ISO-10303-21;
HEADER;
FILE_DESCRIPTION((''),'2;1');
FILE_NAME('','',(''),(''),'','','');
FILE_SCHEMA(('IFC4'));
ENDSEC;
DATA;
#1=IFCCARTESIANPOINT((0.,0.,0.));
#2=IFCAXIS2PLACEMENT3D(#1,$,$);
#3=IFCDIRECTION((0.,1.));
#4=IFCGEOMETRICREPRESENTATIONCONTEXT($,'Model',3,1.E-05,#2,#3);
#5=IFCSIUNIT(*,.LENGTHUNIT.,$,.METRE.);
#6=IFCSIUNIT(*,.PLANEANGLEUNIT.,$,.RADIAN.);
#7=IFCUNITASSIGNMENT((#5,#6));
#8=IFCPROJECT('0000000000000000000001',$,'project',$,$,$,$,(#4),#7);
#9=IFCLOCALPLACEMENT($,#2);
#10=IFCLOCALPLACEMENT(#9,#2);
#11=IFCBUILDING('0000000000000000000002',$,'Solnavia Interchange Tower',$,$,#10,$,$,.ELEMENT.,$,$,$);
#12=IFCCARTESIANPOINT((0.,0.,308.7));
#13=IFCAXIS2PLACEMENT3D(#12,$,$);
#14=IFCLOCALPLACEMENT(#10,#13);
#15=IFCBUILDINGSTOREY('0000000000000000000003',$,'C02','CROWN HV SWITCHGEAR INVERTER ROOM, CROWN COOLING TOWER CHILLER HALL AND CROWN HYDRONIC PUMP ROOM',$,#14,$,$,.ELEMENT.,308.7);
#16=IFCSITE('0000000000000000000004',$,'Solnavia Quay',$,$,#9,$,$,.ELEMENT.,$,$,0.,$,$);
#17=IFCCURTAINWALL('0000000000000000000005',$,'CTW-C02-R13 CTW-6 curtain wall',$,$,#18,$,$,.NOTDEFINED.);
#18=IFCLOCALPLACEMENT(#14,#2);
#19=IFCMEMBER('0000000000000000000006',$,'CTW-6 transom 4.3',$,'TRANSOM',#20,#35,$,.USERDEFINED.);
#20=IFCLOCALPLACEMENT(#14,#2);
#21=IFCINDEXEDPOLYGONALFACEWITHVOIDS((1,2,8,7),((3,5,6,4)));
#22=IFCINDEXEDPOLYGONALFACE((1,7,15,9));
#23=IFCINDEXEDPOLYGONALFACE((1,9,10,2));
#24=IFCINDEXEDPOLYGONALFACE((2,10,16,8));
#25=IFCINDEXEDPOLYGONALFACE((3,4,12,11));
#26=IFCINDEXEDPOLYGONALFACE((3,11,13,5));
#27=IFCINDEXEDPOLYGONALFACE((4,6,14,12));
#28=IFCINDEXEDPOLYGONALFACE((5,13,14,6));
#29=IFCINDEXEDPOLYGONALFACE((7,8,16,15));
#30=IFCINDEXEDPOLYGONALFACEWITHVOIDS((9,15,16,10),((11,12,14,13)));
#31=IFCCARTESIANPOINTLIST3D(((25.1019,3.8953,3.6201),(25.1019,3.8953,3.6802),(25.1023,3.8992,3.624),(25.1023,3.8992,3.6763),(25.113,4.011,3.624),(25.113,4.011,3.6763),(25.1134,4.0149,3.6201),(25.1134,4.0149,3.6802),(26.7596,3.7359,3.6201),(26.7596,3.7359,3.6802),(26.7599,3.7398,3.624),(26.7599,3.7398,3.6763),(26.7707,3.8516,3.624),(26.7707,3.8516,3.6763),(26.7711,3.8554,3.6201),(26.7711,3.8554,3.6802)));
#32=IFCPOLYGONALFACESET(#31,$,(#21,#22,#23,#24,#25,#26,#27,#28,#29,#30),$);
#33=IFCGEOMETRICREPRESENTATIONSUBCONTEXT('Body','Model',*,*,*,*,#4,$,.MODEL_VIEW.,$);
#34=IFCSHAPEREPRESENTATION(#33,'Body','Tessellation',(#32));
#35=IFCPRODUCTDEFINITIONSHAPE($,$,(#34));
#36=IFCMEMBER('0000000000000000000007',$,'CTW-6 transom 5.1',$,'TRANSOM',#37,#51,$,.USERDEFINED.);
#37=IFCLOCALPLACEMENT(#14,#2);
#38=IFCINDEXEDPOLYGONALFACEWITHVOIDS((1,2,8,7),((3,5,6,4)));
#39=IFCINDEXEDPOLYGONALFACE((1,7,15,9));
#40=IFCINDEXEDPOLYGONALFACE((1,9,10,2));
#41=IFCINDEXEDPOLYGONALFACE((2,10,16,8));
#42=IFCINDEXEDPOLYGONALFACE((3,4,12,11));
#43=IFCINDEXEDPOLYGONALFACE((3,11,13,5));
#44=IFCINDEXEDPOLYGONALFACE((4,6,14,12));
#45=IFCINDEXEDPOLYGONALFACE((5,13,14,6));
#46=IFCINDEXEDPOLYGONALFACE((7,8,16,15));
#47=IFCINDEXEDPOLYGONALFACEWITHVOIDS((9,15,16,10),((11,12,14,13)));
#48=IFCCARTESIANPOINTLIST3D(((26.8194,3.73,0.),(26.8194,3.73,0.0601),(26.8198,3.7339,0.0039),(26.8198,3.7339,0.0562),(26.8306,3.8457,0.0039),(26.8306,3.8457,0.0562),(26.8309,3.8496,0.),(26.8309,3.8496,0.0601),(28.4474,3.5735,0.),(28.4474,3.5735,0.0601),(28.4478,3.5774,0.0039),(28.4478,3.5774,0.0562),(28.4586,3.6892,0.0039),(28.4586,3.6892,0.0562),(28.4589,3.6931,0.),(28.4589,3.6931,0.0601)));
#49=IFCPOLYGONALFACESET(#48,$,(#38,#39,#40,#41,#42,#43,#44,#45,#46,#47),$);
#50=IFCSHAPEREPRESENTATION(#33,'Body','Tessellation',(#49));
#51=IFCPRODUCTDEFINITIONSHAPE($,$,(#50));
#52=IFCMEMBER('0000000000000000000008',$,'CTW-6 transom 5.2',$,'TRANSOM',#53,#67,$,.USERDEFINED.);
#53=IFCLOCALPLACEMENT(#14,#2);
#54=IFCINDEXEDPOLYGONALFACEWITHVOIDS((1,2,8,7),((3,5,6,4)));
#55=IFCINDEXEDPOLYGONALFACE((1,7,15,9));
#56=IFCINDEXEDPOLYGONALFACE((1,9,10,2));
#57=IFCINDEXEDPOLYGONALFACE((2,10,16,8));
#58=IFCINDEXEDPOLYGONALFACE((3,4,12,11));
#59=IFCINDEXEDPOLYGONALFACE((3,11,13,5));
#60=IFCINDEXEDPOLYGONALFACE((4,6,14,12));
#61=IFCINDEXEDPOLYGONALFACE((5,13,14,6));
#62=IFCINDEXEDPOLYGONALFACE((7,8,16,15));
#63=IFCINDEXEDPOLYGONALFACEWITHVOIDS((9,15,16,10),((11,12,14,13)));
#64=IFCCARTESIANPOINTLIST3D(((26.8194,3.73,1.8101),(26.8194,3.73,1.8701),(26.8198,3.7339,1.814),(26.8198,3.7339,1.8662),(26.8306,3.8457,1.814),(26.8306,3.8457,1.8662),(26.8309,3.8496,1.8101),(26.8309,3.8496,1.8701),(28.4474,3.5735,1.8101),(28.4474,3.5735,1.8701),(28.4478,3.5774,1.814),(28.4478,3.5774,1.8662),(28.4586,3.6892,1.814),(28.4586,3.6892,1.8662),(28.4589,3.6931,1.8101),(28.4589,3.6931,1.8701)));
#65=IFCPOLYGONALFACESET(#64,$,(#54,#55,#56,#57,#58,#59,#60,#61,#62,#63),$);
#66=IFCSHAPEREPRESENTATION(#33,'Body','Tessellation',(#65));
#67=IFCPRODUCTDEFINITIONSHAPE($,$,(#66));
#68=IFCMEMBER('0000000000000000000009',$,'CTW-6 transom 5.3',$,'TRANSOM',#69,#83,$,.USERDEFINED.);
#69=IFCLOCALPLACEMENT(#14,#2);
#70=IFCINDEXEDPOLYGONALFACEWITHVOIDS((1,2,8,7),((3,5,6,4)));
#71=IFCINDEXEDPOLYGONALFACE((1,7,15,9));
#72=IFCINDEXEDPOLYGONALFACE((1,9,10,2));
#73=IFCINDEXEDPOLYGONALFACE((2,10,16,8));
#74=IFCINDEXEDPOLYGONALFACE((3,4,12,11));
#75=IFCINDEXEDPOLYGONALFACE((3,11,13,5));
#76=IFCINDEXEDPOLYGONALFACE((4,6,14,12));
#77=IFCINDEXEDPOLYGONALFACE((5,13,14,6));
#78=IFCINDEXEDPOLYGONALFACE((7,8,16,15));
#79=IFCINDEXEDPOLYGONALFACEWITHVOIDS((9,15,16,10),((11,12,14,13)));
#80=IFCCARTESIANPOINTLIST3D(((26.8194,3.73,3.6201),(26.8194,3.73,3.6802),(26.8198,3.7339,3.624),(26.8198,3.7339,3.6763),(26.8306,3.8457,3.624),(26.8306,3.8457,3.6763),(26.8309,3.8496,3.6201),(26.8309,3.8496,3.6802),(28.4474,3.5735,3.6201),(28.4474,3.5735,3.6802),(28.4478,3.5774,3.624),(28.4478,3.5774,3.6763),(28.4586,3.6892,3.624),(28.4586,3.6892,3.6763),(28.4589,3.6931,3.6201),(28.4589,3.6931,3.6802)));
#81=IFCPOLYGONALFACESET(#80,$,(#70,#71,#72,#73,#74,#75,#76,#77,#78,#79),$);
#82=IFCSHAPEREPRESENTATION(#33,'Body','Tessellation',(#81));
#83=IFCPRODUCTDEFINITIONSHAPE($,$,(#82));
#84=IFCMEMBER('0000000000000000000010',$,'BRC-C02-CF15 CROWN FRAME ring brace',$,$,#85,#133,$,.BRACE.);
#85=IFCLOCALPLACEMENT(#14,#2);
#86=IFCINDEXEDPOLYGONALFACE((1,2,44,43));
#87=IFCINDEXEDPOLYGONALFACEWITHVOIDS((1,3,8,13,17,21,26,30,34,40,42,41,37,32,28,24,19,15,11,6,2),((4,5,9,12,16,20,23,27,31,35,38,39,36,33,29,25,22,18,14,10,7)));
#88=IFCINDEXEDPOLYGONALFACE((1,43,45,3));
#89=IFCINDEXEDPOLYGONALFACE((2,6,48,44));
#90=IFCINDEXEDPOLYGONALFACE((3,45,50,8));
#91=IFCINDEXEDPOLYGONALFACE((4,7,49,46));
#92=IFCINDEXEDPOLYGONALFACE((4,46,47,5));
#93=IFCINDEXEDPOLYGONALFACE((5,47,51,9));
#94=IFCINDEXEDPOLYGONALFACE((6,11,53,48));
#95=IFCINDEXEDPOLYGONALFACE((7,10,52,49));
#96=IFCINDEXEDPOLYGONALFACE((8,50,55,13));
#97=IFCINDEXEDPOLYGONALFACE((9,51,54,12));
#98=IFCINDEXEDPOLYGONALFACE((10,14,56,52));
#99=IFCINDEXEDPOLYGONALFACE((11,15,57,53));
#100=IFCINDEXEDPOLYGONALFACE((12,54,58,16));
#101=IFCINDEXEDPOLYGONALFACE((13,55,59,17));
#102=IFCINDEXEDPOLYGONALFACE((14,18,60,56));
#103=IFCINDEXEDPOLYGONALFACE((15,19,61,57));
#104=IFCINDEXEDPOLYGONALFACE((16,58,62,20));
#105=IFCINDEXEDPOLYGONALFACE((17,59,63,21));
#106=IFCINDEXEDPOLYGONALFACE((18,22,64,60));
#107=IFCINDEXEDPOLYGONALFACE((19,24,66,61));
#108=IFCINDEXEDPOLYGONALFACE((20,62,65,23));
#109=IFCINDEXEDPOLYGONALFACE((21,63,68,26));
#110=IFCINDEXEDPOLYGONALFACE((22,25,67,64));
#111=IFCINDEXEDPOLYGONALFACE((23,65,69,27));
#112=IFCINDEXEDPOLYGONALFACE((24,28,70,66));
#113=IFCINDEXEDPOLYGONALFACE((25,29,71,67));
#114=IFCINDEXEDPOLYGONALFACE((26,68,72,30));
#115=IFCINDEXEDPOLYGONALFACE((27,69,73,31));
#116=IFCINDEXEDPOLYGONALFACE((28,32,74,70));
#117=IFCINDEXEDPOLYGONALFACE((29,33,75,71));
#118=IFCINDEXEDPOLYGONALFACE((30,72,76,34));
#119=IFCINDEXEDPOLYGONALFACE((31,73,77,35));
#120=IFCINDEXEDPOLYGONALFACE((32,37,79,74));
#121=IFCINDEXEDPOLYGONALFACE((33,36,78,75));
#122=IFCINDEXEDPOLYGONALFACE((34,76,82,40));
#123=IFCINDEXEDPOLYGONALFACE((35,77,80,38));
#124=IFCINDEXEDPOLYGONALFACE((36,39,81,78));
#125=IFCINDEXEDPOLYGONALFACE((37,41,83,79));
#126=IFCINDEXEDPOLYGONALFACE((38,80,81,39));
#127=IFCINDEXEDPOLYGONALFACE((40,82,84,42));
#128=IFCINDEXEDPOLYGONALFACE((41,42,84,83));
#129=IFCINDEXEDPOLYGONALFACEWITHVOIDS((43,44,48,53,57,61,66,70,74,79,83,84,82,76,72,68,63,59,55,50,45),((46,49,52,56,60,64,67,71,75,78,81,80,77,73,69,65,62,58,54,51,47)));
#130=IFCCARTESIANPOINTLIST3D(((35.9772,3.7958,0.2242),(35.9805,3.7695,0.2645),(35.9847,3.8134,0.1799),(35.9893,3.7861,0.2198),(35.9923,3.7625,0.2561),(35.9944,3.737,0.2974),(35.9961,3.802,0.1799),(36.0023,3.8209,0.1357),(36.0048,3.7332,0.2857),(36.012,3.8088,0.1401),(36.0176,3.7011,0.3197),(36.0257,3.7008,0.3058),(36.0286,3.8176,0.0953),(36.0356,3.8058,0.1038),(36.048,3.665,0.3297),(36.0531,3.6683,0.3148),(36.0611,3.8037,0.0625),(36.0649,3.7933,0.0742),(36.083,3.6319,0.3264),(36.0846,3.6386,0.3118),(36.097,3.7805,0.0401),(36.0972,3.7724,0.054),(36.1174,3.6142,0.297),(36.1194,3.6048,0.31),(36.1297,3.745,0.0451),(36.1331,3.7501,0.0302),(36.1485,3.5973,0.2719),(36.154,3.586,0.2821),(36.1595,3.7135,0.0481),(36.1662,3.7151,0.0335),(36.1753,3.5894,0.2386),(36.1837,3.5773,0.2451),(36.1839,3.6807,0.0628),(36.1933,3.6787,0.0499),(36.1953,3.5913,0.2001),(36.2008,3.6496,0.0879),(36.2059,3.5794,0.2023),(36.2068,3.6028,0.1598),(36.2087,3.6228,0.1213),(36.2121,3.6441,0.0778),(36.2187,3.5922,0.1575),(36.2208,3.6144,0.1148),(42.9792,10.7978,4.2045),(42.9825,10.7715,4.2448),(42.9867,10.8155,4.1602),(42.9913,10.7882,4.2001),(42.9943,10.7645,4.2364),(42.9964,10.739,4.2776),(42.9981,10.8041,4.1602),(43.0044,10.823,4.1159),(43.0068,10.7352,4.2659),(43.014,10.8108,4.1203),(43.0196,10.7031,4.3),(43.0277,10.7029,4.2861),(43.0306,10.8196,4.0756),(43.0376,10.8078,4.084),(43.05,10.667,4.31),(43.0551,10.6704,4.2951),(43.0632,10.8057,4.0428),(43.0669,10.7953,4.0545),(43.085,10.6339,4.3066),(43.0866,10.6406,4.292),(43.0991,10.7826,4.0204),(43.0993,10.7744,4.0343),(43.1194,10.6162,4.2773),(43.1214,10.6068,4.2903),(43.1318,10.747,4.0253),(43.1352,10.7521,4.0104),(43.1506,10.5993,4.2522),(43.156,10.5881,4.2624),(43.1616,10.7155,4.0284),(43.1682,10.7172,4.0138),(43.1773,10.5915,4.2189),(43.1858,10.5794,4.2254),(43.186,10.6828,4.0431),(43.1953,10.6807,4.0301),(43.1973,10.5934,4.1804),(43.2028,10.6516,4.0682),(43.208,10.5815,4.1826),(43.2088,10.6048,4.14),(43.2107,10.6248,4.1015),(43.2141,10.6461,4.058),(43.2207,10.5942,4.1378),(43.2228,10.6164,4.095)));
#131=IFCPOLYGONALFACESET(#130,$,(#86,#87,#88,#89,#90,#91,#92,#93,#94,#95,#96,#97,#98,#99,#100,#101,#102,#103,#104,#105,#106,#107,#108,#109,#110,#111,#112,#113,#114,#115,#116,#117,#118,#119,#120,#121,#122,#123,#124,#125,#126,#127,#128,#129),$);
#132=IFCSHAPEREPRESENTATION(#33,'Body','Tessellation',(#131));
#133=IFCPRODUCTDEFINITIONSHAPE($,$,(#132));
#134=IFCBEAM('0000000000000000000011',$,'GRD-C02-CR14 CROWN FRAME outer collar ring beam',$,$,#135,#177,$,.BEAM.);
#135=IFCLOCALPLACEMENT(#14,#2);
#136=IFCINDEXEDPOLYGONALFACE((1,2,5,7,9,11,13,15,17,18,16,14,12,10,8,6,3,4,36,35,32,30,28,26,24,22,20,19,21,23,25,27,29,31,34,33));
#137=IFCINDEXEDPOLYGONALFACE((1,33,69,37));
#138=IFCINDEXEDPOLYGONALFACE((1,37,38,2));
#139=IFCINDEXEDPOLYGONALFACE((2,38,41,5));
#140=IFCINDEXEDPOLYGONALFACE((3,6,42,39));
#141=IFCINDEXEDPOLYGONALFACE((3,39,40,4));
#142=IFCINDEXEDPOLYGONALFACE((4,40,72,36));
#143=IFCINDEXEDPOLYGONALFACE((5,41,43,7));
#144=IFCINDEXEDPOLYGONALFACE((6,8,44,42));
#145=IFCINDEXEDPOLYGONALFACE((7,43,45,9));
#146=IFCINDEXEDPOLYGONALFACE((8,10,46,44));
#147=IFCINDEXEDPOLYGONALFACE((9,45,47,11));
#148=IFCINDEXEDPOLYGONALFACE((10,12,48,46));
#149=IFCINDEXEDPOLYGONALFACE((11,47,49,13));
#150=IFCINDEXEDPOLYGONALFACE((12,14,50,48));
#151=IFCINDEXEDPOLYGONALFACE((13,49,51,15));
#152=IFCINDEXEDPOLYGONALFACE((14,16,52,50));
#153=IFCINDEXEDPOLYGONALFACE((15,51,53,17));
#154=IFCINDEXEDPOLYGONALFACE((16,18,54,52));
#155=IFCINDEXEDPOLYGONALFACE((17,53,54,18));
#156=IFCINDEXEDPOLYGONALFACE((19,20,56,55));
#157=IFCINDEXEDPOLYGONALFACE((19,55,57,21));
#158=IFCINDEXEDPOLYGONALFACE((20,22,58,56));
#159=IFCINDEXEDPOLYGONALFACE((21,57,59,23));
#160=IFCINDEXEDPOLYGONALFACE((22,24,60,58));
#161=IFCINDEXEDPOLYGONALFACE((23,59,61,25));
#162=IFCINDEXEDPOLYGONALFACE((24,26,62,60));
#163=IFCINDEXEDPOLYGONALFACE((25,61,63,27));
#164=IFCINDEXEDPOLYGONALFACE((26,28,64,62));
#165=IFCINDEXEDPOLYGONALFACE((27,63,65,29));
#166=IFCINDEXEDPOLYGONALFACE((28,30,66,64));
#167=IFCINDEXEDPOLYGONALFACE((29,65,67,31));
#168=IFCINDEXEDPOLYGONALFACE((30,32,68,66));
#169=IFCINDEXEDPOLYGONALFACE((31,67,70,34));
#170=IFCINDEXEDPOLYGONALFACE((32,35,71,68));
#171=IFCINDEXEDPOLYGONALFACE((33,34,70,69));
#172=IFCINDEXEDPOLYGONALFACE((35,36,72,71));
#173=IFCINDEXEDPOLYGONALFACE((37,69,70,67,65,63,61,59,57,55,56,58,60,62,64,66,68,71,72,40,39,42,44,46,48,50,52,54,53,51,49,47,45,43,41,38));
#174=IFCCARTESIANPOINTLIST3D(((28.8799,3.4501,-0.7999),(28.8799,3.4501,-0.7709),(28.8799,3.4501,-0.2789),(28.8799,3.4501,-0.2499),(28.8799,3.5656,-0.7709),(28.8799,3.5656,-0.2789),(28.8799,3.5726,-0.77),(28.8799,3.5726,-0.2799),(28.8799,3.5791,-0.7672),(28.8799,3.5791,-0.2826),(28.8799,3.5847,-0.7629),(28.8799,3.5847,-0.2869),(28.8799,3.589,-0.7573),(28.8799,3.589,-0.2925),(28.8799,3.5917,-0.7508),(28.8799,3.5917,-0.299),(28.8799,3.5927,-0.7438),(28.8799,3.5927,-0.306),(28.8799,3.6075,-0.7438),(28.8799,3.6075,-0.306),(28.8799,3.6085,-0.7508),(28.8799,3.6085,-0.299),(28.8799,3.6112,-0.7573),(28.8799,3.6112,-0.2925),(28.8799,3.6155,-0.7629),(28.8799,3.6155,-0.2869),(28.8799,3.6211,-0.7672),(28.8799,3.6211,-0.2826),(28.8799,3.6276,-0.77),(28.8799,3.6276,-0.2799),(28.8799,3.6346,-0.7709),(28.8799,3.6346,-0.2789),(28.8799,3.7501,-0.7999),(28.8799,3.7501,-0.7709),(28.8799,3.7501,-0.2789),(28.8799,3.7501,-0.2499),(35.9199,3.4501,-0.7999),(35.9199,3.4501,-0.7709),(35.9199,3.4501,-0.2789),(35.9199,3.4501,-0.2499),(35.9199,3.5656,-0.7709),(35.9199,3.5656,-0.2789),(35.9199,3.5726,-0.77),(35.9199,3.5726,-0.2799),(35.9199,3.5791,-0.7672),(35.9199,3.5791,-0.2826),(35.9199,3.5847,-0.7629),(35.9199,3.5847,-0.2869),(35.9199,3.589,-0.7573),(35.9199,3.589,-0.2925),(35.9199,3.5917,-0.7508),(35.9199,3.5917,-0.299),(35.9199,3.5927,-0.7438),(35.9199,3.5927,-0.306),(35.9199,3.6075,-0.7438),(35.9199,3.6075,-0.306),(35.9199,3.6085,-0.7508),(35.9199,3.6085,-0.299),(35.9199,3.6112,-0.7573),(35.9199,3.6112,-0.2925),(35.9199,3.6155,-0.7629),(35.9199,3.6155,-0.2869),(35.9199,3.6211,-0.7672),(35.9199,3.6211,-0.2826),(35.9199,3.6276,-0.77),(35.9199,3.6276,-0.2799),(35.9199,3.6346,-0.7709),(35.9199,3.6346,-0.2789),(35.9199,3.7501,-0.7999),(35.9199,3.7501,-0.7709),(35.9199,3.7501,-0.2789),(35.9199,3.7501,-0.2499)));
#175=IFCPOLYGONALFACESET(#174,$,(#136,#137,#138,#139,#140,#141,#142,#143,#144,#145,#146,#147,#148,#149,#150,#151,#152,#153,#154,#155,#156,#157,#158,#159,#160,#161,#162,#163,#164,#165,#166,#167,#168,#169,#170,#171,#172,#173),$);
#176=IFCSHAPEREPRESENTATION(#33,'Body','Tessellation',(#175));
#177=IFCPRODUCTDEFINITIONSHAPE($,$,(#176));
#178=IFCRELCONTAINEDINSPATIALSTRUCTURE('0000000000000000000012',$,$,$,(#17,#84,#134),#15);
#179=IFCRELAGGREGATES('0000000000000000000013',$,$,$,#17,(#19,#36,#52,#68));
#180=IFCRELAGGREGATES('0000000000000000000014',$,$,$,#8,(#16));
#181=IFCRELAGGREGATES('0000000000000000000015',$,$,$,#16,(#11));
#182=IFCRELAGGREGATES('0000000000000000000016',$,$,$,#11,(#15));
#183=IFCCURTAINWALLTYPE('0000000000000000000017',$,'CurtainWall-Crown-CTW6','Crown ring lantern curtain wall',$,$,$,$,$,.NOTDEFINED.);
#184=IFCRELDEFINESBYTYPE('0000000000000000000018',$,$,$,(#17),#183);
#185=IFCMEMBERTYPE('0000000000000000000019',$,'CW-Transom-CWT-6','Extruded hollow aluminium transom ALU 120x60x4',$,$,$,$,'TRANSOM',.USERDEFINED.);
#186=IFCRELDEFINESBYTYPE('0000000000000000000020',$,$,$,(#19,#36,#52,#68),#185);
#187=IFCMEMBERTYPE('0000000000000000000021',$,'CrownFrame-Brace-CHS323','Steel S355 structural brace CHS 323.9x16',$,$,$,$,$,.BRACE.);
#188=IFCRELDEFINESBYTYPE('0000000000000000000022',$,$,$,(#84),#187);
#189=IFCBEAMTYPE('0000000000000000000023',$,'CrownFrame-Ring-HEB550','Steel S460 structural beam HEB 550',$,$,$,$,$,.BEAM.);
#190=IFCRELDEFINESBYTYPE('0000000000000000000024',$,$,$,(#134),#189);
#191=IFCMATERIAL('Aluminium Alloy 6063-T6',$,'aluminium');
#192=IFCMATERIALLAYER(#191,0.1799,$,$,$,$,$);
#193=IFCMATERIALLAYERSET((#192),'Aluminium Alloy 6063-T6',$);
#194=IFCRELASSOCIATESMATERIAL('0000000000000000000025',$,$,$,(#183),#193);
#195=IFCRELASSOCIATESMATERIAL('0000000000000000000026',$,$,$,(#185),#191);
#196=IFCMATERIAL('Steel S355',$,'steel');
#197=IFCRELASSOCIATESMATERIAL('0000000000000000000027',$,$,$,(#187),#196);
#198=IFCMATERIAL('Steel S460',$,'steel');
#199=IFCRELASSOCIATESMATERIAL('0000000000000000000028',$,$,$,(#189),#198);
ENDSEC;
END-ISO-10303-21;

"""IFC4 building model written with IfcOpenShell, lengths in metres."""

from ifc_helpers import new_model, si_unit, direction, frame, origin, origin_2d, place, context, subcontext, project, spatial, hollow_rectangle, hollow_circle, i_section, extrude, material, layer, layer_set, material_profile, profile_set, type_object, element, aggregate, save


model = new_model("IFC4")

# Units and contexts
model_context = context("Model", 3, precision=1e-05, world=origin(), true_north=direction((0.0, 1.0)))
body_context = subcontext(model_context, "Body", "Model", "MODEL_VIEW")
ifc_project = project(units=[si_unit("LENGTHUNIT", "METRE"), si_unit("PLANEANGLEUNIT", "RADIAN")], contexts=[model_context])

# Site, building, storey
site_placement = place(None, origin())
site = spatial("IfcSite", under=ifc_project, at=site_placement, Name="Solnavia Quay", CompositionType="ELEMENT", RefElevation=0.0)
building_placement = place(site_placement, origin())
building = spatial("IfcBuilding", under=site, at=building_placement, Name="Solnavia Interchange Tower", CompositionType="ELEMENT")
storey_placement = place(building_placement, frame((0.0, 0.0, 308.7)))
storey = spatial("IfcBuildingStorey", under=building, at=storey_placement, Name="C02", Description="CROWN HV SWITCHGEAR INVERTER ROOM, CROWN COOLING TOWER CHILLER HALL AND CROWN HYDRONIC PUMP ROOM", CompositionType="ELEMENT", Elevation=308.7)

# Shared definitions
ifc_material_1 = material(Name="Steel S460", Category="steel")

# Curtain wall, members
ifc_material_2 = material(Name="Aluminium Alloy 6063-T6", Category="aluminium")
ifc_layer_1 = layer(ifc_material_2, 0.1799)
ifc_layer_set_1 = layer_set([ifc_layer_1], Name="Aluminium Alloy 6063-T6")
curtain_wall_type = type_object("IfcCurtainWallType", Name="CurtainWall-Crown-CTW6", Description="Crown ring lantern curtain wall", PredefinedType="NOTDEFINED", material=ifc_layer_set_1)
curtain_wall_placement = place(storey_placement, origin())
curtain_wall = element("IfcCurtainWall", 1, at=curtain_wall_placement, inside=storey, type_object=curtain_wall_type, Name="CTW-C02-R13 CTW-6 curtain wall", PredefinedType="NOTDEFINED")
ifc_material_profile_1 = material_profile(ifc_material_2, hollow_rectangle(XDim=0.0601, YDim=0.1201, WallThickness=0.0039, at=origin_2d()), Name="ALU 120x60x4")
ifc_profile_set_1 = profile_set([ifc_material_profile_1], Name="Aluminium Alloy 6063-T6")
member_type_1 = type_object("IfcMemberType", Name="CW-Transom-CWT-6", Description="Extruded hollow aluminium transom ALU 120x60x4", ElementType="TRANSOM", PredefinedType="USERDEFINED", material=ifc_profile_set_1)
member_1_placement = place(storey_placement, frame((25.1077, 3.9551, 3.6501), z_axis=(0.995407, -0.095729, 0.0), x_axis=(0.0, 0.0, 1.0)))
member_1 = element("IfcMember", 2, at=member_1_placement, type_object=member_type_1, Name="CTW-6 transom 4.3", ObjectType="TRANSOM", PredefinedType="USERDEFINED", context=body_context, shape_type="SweptSolid", body=[
    extrude(hollow_rectangle(XDim=0.0601, YDim=0.1201, WallThickness=0.0039, at=origin_2d()), origin(), (0.0, 0.0, 1.0), 1.6653),
])
member_2_placement = place(storey_placement, frame((26.8252, 3.7898, 0.03), z_axis=(0.995411, -0.09569, 0.0), x_axis=(0.0, 0.0, 1.0)))
member_2 = element("IfcMember", 3, at=member_2_placement, type_object=member_type_1, Name="CTW-6 transom 5.1", ObjectType="TRANSOM", PredefinedType="USERDEFINED", context=body_context, shape_type="SweptSolid", body=[
    extrude(hollow_rectangle(XDim=0.0601, YDim=0.1201, WallThickness=0.0039, at=origin_2d()), origin(), (0.0, 0.0, 1.0), 1.6355),
])
member_3_placement = place(storey_placement, frame((26.8252, 3.7898, 1.8401), z_axis=(0.995411, -0.09569, 0.0), x_axis=(0.0, 0.0, 1.0)))
member_3 = element("IfcMember", 4, at=member_3_placement, type_object=member_type_1, Name="CTW-6 transom 5.2", ObjectType="TRANSOM", PredefinedType="USERDEFINED", context=body_context, shape_type="SweptSolid", body=[
    extrude(hollow_rectangle(XDim=0.0601, YDim=0.1201, WallThickness=0.0039, at=origin_2d()), origin(), (0.0, 0.0, 1.0), 1.6355),
])
member_4_placement = place(storey_placement, frame((26.8252, 3.7898, 3.6501), z_axis=(0.995411, -0.09569, 0.0), x_axis=(0.0, 0.0, 1.0)))
member_4 = element("IfcMember", 5, at=member_4_placement, type_object=member_type_1, Name="CTW-6 transom 5.3", ObjectType="TRANSOM", PredefinedType="USERDEFINED", context=body_context, shape_type="SweptSolid", body=[
    extrude(hollow_rectangle(XDim=0.0601, YDim=0.1201, WallThickness=0.0039, at=origin_2d()), origin(), (0.0, 0.0, 1.0), 1.6355),
])

# Member
ifc_material_3 = material(Name="Steel S355", Category="steel")
ifc_material_profile_2 = material_profile(ifc_material_3, hollow_circle(Radius=0.1619, WallThickness=0.0161, at=origin_2d()), Name="CHS 323.9x16")
ifc_profile_set_2 = profile_set([ifc_material_profile_2], Name="Steel S355")
member_type_2 = type_object("IfcMemberType", Name="CrownFrame-Brace-CHS323", Description="Steel S355 structural brace CHS 323.9x16", PredefinedType="BRACE", material=ifc_profile_set_2)
member_5_placement = place(storey_placement, frame((36.0991, 3.699, 0.1799), z_axis=(0.65609, 0.65609, 0.372951), x_axis=(-0.707107, 0.707107, 0.0)))
element("IfcMember", 6, at=member_5_placement, inside=storey, type_object=member_type_2, Name="BRC-C02-CF15 CROWN FRAME ring brace", PredefinedType="BRACE", context=body_context, shape_type="SweptSolid", body=[
    extrude(hollow_circle(Radius=0.1619, WallThickness=0.0161, at=origin_2d()), origin(), (0.0, 0.0, 1.0), 10.6724),
])

# Beam
ifc_material_profile_3 = material_profile(ifc_material_1, i_section(OverallWidth=0.3, OverallDepth=0.55, WebThickness=0.0149, FlangeThickness=0.0291, FilletRadius=0.0271, at=origin_2d()), Name="HEB 550")
ifc_profile_set_3 = profile_set([ifc_material_profile_3], Name="Steel S460")
beam_type = type_object("IfcBeamType", Name="CrownFrame-Ring-HEB550", Description="Steel S460 structural beam HEB 550", PredefinedType="BEAM", material=ifc_profile_set_3)
beam_1_placement = place(storey_placement, frame((28.8799, 3.6001, -0.5249), z_axis=(1.0, 0.0, 0.0), x_axis=(0.0, 1.0, 0.0)))
element("IfcBeam", 7, at=beam_1_placement, inside=storey, type_object=beam_type, Name="GRD-C02-CR14 CROWN FRAME outer collar ring beam", PredefinedType="BEAM", context=body_context, shape_type="SweptSolid", body=[
    extrude(i_section(OverallWidth=0.3, OverallDepth=0.55, WebThickness=0.0149, FlangeThickness=0.0291, FilletRadius=0.0271, at=origin_2d()), origin(), (0.0, 0.0, 1.0), 7.04),
])

aggregate(curtain_wall, [member_1, member_2, member_3, member_4])

save(model, "model.ifc")
